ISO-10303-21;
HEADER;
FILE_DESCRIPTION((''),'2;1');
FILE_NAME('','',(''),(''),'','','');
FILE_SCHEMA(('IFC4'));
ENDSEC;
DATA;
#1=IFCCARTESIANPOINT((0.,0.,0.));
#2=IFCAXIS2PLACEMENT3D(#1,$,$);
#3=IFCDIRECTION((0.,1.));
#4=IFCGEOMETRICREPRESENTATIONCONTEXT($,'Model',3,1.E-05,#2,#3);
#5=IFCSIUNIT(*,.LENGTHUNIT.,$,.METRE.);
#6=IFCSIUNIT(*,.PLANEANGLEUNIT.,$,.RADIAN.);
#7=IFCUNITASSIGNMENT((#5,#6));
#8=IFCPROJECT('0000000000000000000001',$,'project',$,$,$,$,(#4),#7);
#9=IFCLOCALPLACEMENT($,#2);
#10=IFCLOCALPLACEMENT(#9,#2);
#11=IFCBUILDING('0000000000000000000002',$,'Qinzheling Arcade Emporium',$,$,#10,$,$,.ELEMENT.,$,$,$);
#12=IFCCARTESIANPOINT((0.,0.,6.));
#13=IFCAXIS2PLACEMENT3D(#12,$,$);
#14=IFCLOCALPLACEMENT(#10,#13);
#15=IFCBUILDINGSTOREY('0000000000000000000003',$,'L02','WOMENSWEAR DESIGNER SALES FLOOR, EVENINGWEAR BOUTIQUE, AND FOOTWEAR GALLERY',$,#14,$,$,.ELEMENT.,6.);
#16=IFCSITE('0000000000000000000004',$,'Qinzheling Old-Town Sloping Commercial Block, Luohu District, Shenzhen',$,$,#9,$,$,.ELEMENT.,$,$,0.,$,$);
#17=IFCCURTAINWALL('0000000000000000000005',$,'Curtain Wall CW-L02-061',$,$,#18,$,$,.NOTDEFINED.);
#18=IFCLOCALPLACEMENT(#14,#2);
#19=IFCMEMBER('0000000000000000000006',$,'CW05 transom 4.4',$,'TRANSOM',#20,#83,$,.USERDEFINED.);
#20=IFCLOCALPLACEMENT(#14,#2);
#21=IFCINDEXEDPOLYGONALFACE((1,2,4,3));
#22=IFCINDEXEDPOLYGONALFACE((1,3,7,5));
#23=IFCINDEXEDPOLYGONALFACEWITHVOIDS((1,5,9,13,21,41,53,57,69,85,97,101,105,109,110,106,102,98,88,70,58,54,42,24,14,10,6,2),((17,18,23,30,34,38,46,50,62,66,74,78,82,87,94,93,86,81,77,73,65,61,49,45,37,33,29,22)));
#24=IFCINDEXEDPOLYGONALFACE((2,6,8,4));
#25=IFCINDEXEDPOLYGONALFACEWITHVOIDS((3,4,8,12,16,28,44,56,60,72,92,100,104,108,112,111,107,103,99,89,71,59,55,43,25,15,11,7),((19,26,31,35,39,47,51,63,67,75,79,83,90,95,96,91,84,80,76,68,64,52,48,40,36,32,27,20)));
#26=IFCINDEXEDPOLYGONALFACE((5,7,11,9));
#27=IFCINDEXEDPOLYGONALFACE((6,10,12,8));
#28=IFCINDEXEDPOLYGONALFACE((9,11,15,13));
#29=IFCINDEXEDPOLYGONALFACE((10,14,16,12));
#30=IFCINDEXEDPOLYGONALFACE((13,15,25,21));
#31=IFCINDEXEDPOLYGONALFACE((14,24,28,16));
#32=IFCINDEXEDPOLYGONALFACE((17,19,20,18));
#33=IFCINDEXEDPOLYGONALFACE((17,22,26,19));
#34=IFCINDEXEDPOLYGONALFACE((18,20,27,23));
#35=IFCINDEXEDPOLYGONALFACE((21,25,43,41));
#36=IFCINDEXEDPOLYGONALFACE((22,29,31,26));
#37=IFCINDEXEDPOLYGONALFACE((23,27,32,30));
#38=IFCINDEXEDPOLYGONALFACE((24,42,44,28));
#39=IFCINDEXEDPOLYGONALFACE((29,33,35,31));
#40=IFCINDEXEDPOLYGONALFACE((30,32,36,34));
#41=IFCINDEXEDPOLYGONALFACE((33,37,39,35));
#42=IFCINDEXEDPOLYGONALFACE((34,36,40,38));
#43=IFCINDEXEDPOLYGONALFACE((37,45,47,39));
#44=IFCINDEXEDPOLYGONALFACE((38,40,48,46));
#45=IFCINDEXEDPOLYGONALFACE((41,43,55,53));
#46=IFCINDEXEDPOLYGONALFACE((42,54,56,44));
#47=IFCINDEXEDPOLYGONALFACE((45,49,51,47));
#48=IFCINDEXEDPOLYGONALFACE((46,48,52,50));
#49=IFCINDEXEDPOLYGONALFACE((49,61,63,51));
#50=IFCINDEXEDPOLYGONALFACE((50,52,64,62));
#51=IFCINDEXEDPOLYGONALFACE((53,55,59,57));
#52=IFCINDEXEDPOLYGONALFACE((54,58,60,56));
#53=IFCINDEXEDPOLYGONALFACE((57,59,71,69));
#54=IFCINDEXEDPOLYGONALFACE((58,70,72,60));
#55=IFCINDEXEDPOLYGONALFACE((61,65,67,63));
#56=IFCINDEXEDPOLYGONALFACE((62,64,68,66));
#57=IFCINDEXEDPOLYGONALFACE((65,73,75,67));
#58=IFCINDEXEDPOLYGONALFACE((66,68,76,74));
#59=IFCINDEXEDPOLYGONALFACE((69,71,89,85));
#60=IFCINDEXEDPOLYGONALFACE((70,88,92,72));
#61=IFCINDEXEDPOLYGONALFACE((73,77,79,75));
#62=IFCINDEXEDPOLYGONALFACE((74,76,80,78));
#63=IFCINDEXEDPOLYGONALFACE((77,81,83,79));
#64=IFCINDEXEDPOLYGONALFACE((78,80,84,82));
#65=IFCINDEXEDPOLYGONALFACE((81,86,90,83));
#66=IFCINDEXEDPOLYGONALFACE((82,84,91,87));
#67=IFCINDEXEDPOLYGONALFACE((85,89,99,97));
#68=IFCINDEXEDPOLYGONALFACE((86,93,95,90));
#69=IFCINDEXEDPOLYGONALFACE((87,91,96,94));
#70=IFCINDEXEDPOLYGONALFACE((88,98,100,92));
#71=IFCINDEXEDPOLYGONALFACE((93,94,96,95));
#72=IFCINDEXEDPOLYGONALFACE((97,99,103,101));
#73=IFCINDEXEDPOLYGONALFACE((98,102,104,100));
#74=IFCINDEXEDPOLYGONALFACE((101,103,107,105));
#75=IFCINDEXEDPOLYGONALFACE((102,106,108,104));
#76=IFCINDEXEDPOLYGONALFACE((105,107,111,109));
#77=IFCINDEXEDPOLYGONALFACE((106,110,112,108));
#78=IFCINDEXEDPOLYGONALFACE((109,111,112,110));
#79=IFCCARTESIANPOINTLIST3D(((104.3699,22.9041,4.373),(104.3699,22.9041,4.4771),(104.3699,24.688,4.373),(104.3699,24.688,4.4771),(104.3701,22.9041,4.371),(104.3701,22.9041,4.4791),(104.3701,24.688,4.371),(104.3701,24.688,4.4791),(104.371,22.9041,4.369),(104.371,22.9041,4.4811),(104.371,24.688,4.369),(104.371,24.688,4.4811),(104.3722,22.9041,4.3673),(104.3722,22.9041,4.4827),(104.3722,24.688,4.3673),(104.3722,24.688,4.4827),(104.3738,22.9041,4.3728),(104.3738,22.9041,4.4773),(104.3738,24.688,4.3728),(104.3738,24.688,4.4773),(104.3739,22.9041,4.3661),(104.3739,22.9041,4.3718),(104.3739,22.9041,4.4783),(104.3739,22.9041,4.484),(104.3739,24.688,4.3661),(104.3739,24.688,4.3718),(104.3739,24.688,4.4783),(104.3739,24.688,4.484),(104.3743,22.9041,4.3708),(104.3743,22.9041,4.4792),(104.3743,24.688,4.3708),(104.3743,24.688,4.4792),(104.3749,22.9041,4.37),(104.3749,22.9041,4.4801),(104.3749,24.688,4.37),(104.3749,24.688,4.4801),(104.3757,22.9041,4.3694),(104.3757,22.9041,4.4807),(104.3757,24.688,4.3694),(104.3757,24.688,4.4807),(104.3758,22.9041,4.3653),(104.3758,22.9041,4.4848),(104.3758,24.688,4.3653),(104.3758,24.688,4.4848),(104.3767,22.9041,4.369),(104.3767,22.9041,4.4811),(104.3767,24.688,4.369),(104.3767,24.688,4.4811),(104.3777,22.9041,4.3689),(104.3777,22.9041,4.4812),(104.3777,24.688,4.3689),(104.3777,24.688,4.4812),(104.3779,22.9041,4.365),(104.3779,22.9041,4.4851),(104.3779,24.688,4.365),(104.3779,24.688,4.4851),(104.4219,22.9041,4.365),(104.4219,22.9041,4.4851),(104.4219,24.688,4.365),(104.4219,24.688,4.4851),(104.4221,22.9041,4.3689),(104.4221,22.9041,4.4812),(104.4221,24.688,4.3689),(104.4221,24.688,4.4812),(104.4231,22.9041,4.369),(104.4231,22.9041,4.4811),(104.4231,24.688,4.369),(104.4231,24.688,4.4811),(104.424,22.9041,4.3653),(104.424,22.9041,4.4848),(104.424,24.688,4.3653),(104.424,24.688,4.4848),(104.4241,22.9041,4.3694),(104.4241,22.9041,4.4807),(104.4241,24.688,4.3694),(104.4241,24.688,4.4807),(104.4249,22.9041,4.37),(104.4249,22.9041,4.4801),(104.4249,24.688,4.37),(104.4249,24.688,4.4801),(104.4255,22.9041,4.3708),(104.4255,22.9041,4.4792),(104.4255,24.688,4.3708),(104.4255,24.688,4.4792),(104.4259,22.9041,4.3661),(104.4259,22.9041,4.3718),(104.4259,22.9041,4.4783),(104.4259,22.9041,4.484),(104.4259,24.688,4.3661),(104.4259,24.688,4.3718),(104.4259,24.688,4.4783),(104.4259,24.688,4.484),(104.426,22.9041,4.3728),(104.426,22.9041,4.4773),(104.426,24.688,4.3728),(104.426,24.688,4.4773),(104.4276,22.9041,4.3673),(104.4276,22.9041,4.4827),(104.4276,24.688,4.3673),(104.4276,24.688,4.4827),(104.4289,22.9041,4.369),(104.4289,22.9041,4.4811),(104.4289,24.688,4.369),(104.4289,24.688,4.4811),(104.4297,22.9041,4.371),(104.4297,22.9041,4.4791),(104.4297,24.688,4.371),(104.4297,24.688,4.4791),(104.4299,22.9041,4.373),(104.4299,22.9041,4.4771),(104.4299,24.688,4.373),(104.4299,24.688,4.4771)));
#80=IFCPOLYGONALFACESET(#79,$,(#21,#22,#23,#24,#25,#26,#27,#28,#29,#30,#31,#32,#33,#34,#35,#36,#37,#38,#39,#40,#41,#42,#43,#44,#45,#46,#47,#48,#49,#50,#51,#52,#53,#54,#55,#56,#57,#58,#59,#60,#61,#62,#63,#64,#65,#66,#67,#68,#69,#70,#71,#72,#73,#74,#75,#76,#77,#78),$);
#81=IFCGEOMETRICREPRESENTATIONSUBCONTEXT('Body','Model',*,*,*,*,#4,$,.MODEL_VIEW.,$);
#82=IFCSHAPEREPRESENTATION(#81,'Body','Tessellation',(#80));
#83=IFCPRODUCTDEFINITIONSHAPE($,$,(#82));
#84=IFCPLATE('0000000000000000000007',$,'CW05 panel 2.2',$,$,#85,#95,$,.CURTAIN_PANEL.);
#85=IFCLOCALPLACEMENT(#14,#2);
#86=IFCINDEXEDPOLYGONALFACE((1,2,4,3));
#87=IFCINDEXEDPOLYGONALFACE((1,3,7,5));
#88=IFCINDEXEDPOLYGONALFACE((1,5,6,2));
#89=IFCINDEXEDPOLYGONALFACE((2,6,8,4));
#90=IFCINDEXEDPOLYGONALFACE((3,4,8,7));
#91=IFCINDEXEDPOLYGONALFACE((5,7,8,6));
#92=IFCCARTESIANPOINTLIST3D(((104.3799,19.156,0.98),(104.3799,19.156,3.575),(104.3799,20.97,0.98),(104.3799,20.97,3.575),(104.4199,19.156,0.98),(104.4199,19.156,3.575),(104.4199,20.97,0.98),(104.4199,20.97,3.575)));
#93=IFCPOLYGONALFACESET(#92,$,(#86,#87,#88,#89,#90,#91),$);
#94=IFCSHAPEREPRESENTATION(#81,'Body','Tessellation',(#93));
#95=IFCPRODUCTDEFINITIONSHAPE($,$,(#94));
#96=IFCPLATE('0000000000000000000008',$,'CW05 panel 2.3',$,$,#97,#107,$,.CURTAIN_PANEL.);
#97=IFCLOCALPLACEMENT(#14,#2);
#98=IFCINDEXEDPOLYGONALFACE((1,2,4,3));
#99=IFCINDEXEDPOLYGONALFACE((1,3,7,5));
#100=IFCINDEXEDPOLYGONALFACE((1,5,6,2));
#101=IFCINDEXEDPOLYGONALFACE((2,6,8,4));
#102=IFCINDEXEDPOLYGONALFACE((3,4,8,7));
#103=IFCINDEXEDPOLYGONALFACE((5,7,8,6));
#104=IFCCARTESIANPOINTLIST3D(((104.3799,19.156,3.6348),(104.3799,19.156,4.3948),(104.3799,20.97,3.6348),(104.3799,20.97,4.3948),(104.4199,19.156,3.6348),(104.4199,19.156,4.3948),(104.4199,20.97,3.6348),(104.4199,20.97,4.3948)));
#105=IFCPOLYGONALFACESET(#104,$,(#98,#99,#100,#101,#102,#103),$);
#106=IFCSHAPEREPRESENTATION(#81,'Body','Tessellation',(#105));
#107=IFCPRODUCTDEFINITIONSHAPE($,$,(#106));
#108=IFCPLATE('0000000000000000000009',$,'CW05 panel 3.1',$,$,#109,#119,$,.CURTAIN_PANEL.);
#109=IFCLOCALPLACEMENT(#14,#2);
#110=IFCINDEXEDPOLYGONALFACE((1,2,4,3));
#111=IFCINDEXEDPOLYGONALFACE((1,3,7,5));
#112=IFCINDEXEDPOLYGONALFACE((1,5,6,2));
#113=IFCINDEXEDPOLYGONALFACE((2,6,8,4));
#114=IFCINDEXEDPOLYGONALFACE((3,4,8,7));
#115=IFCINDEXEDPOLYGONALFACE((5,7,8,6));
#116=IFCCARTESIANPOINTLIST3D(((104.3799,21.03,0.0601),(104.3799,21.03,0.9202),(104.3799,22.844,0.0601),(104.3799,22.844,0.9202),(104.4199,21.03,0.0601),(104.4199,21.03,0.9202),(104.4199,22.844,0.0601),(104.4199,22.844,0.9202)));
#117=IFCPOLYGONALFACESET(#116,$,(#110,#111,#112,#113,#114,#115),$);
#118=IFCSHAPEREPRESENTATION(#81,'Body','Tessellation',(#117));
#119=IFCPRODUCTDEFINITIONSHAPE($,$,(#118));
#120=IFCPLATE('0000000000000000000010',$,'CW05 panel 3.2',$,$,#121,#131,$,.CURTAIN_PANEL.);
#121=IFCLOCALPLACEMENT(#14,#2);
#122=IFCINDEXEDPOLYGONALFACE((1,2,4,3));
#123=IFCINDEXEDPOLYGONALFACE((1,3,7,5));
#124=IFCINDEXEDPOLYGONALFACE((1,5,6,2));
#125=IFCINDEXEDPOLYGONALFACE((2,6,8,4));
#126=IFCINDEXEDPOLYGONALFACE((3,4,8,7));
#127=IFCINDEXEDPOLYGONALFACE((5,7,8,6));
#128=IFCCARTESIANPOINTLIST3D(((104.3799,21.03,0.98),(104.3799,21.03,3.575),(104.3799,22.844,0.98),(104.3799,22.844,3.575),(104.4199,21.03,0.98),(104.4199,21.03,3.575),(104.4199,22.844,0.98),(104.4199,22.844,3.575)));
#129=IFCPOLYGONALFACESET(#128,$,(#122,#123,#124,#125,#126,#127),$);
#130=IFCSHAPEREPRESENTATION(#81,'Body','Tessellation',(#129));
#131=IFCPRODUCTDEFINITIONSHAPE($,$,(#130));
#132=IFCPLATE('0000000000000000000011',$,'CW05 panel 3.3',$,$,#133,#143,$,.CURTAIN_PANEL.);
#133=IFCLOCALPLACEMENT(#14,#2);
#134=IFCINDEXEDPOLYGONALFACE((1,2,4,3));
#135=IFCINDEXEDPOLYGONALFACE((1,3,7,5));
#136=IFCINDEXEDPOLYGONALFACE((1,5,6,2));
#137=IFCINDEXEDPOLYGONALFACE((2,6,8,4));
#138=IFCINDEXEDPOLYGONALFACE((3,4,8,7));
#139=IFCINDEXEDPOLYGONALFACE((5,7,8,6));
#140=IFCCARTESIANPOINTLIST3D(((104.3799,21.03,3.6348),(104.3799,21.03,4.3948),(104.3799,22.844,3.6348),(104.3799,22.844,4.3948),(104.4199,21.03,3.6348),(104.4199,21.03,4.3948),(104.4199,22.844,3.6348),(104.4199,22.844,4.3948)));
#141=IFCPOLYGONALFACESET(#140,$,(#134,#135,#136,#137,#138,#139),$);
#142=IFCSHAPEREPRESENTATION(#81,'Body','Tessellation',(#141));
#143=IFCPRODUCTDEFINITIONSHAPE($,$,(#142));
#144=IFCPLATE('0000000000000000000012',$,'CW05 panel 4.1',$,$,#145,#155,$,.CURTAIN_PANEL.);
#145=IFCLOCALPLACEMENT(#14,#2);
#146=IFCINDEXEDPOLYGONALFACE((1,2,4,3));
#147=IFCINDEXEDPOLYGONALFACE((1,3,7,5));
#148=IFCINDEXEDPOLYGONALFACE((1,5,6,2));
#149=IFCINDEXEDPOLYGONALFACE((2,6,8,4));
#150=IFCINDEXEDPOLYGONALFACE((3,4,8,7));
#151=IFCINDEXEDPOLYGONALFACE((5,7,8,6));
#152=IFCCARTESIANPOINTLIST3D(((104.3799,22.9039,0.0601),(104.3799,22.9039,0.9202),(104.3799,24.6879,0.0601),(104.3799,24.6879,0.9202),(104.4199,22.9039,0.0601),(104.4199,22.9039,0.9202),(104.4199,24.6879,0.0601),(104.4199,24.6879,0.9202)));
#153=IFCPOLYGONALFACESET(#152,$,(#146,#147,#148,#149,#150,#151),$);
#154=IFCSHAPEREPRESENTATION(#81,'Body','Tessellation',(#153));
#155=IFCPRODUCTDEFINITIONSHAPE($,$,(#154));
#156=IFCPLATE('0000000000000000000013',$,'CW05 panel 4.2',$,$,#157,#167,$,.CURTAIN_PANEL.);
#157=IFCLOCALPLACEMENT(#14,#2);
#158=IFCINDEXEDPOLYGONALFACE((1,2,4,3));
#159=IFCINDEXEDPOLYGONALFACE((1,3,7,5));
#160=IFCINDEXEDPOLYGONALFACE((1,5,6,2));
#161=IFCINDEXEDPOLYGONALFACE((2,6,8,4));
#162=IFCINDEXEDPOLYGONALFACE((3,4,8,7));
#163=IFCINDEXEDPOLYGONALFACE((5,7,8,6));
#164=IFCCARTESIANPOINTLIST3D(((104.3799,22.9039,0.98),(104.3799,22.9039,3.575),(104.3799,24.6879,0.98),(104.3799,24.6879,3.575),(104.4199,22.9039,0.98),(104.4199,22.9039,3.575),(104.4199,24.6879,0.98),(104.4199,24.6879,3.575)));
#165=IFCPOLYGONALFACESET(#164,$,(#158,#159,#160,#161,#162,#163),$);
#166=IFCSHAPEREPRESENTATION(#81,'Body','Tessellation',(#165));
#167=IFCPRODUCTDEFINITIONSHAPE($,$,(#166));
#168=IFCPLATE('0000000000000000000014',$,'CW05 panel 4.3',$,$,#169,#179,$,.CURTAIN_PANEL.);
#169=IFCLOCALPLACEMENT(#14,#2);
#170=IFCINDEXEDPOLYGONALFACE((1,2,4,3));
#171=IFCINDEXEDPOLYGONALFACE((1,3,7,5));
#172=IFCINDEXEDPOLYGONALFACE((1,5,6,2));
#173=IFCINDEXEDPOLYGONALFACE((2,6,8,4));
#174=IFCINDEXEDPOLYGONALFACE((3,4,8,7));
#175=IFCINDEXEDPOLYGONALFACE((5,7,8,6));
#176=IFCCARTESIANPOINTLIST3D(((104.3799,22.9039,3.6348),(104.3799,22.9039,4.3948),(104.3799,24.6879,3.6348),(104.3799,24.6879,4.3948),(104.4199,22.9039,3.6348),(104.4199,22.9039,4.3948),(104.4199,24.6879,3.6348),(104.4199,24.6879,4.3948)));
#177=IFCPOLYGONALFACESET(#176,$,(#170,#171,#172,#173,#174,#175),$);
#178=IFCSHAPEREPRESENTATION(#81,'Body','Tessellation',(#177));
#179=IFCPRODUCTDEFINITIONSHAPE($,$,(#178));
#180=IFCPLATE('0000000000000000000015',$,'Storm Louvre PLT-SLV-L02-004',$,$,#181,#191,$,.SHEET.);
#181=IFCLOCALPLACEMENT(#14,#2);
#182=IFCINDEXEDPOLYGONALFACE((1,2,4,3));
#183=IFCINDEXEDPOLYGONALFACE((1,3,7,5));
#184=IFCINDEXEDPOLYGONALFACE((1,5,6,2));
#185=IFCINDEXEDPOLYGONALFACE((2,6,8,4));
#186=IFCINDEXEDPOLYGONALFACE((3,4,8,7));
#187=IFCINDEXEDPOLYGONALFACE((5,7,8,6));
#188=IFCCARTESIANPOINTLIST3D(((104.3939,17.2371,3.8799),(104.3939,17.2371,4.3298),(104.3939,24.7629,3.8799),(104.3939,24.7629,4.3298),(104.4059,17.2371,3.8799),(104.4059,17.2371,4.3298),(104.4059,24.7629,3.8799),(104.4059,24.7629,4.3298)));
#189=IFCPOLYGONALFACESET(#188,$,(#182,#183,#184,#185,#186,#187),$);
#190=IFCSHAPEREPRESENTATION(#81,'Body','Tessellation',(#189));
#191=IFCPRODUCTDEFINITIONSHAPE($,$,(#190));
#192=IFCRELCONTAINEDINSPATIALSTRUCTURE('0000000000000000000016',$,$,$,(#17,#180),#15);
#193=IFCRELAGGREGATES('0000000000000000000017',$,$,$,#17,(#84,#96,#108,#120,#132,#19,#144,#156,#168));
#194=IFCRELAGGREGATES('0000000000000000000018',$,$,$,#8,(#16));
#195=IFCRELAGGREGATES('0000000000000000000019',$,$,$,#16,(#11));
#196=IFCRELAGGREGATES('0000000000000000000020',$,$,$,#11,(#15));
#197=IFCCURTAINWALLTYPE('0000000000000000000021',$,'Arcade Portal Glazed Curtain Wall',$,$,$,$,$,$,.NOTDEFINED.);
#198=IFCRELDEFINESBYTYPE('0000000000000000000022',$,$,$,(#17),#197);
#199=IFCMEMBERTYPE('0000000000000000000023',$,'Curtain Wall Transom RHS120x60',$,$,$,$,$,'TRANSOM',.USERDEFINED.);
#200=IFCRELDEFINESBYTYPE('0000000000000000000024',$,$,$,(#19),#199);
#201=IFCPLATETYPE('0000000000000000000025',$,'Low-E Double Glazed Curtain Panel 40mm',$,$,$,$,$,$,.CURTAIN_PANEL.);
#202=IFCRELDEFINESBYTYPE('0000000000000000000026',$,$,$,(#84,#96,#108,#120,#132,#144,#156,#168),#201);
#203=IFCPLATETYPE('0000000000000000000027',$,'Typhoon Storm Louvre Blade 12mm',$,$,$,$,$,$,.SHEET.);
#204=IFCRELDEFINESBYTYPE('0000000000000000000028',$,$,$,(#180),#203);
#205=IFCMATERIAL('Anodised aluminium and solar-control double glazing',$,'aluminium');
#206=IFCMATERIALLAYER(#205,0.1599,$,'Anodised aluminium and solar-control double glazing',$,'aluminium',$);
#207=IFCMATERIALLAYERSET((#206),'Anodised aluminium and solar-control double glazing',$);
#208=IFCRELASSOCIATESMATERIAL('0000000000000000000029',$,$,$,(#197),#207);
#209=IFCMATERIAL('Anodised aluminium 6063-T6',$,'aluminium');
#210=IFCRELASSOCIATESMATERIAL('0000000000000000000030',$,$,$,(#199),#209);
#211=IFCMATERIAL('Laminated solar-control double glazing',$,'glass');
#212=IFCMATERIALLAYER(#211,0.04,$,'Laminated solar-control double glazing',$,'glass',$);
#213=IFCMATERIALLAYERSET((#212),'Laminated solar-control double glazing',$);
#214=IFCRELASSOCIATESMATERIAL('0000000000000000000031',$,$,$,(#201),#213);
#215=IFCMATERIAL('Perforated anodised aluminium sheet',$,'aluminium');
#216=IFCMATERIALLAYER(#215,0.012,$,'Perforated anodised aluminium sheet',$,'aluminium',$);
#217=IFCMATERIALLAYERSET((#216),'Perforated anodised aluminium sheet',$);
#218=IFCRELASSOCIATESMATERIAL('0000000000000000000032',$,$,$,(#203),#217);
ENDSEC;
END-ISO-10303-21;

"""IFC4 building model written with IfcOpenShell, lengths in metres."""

from ifc_helpers import new_model, si_unit, direction, frame, origin, origin_2d, place, context, subcontext, project, spatial, rectangle, hollow_rectangle, extrude, material, layer, layer_set, material_profile, profile_set, type_object, element, aggregate, save


model = new_model("IFC4")

# Units and contexts
model_context = context("Model", 3, precision=1e-05, world=origin(), true_north=direction((0.0, 1.0)))
body_context = subcontext(model_context, "Body", "Model", "MODEL_VIEW")
ifc_project = project(units=[si_unit("LENGTHUNIT", "METRE"), si_unit("PLANEANGLEUNIT", "RADIAN")], contexts=[model_context])

# Site, building, storey
site_placement = place(None, origin())
site = spatial("IfcSite", under=ifc_project, at=site_placement, Name="Qinzheling Old-Town Sloping Commercial Block, Luohu District, Shenzhen", CompositionType="ELEMENT", RefElevation=0.0)
building_placement = place(site_placement, origin())
building = spatial("IfcBuilding", under=site, at=building_placement, Name="Qinzheling Arcade Emporium", CompositionType="ELEMENT")
storey_placement = place(building_placement, frame((0.0, 0.0, 6.0)))
storey = spatial("IfcBuildingStorey", under=building, at=storey_placement, Name="L02", Description="WOMENSWEAR DESIGNER SALES FLOOR, EVENINGWEAR BOUTIQUE, AND FOOTWEAR GALLERY", CompositionType="ELEMENT", Elevation=6.0)

# Curtain wall, member, plates
ifc_material_1 = material(Name="Anodised aluminium and solar-control double glazing", Category="aluminium")
ifc_layer_1 = layer(ifc_material_1, 0.1599, Name="Anodised aluminium and solar-control double glazing", Category="aluminium")
ifc_layer_set_1 = layer_set([ifc_layer_1], Name="Anodised aluminium and solar-control double glazing")
curtain_wall_type = type_object("IfcCurtainWallType", Name="Arcade Portal Glazed Curtain Wall", PredefinedType="NOTDEFINED", material=ifc_layer_set_1)
curtain_wall_placement = place(storey_placement, origin())
curtain_wall = element("IfcCurtainWall", 1, at=curtain_wall_placement, inside=storey, type_object=curtain_wall_type, Name="Curtain Wall CW-L02-061", PredefinedType="NOTDEFINED")
ifc_material_2 = material(Name="Anodised aluminium 6063-T6", Category="aluminium")
ifc_material_profile_1 = material_profile(ifc_material_2, hollow_rectangle(XDim=0.0601, YDim=0.1201, WallThickness=0.0039, InnerFilletRadius=0.0039, OuterFilletRadius=0.0081, at=origin_2d()), Name="RHS 120x60x4", Category="aluminium")
ifc_profile_set_1 = profile_set([ifc_material_profile_1], Name="Anodised aluminium 6063-T6")
member_type_1 = type_object("IfcMemberType", Name="Curtain Wall Transom RHS120x60", ElementType="TRANSOM", PredefinedType="USERDEFINED", material=ifc_profile_set_1)
member_1_placement = place(storey_placement, frame((104.3999, 22.9041, 4.425), z_axis=(0.0, 1.0, 0.0), x_axis=(-1.0, 0.0, 0.0)))
member_1 = element("IfcMember", 2, at=member_1_placement, type_object=member_type_1, Name="CW05 transom 4.4", ObjectType="TRANSOM", PredefinedType="USERDEFINED", context=body_context, shape_type="SweptSolid", body=[
    extrude(hollow_rectangle(XDim=0.0601, YDim=0.1201, WallThickness=0.0039, InnerFilletRadius=0.0039, OuterFilletRadius=0.0081, at=origin_2d()), origin(), (0.0, 0.0, 1.0), 1.7839),
])
ifc_material_3 = material(Name="Laminated solar-control double glazing", Category="glass")
ifc_layer_2 = layer(ifc_material_3, 0.04, Name="Laminated solar-control double glazing", Category="glass")
ifc_layer_set_2 = layer_set([ifc_layer_2], Name="Laminated solar-control double glazing")
plate_type_1 = type_object("IfcPlateType", Name="Low-E Double Glazed Curtain Panel 40mm", PredefinedType="CURTAIN_PANEL", material=ifc_layer_set_2)
plate_1_placement = place(storey_placement, frame((104.3999, 20.063, 0.98), z_axis=(0.0, 0.0, 1.0), x_axis=(0.0, 1.0, 0.0)))
plate_1 = element("IfcPlate", 3, at=plate_1_placement, type_object=plate_type_1, Name="CW05 panel 2.2", PredefinedType="CURTAIN_PANEL", context=body_context, shape_type="SweptSolid", body=[
    extrude(rectangle(XDim=1.814, YDim=0.04, at=origin_2d()), origin(), (0.0, 0.0, 1.0), 2.595),
])
plate_2_placement = place(storey_placement, frame((104.3999, 20.063, 3.6348), z_axis=(0.0, 0.0, 1.0), x_axis=(0.0, 1.0, 0.0)))
plate_2 = element("IfcPlate", 4, at=plate_2_placement, type_object=plate_type_1, Name="CW05 panel 2.3", PredefinedType="CURTAIN_PANEL", context=body_context, shape_type="SweptSolid", body=[
    extrude(rectangle(XDim=1.814, YDim=0.04, at=origin_2d()), origin(), (0.0, 0.0, 1.0), 0.76),
])
plate_3_placement = place(storey_placement, frame((104.3999, 21.937, 0.0601), z_axis=(0.0, 0.0, 1.0), x_axis=(0.0, 1.0, 0.0)))
plate_3 = element("IfcPlate", 5, at=plate_3_placement, type_object=plate_type_1, Name="CW05 panel 3.1", PredefinedType="CURTAIN_PANEL", context=body_context, shape_type="SweptSolid", body=[
    extrude(rectangle(XDim=1.814, YDim=0.04, at=origin_2d()), origin(), (0.0, 0.0, 1.0), 0.8601),
])
plate_4_placement = place(storey_placement, frame((104.3999, 21.937, 0.98), z_axis=(0.0, 0.0, 1.0), x_axis=(0.0, 1.0, 0.0)))
plate_4 = element("IfcPlate", 6, at=plate_4_placement, type_object=plate_type_1, Name="CW05 panel 3.2", PredefinedType="CURTAIN_PANEL", context=body_context, shape_type="SweptSolid", body=[
    extrude(rectangle(XDim=1.814, YDim=0.04, at=origin_2d()), origin(), (0.0, 0.0, 1.0), 2.595),
])
plate_5_placement = place(storey_placement, frame((104.3999, 21.937, 3.6348), z_axis=(0.0, 0.0, 1.0), x_axis=(0.0, 1.0, 0.0)))
plate_5 = element("IfcPlate", 7, at=plate_5_placement, type_object=plate_type_1, Name="CW05 panel 3.3", PredefinedType="CURTAIN_PANEL", context=body_context, shape_type="SweptSolid", body=[
    extrude(rectangle(XDim=1.814, YDim=0.04, at=origin_2d()), origin(), (0.0, 0.0, 1.0), 0.76),
])
plate_6_placement = place(storey_placement, frame((104.3999, 23.7959, 0.0601), z_axis=(0.0, 0.0, 1.0), x_axis=(0.0, 1.0, 0.0)))
plate_6 = element("IfcPlate", 8, at=plate_6_placement, type_object=plate_type_1, Name="CW05 panel 4.1", PredefinedType="CURTAIN_PANEL", context=body_context, shape_type="SweptSolid", body=[
    extrude(rectangle(XDim=1.7839, YDim=0.04, at=origin_2d()), origin(), (0.0, 0.0, 1.0), 0.8601),
])
plate_7_placement = place(storey_placement, frame((104.3999, 23.7959, 0.98), z_axis=(0.0, 0.0, 1.0), x_axis=(0.0, 1.0, 0.0)))
plate_7 = element("IfcPlate", 9, at=plate_7_placement, type_object=plate_type_1, Name="CW05 panel 4.2", PredefinedType="CURTAIN_PANEL", context=body_context, shape_type="SweptSolid", body=[
    extrude(rectangle(XDim=1.7839, YDim=0.04, at=origin_2d()), origin(), (0.0, 0.0, 1.0), 2.595),
])
plate_8_placement = place(storey_placement, frame((104.3999, 23.7959, 3.6348), z_axis=(0.0, 0.0, 1.0), x_axis=(0.0, 1.0, 0.0)))
plate_8 = element("IfcPlate", 10, at=plate_8_placement, type_object=plate_type_1, Name="CW05 panel 4.3", PredefinedType="CURTAIN_PANEL", context=body_context, shape_type="SweptSolid", body=[
    extrude(rectangle(XDim=1.7839, YDim=0.04, at=origin_2d()), origin(), (0.0, 0.0, 1.0), 0.76),
])
aggregate(curtain_wall, [plate_1, plate_2, plate_3, plate_4, plate_5, member_1, plate_6, plate_7, plate_8])

# Plate
ifc_material_4 = material(Name="Perforated anodised aluminium sheet", Category="aluminium")
ifc_layer_3 = layer(ifc_material_4, 0.012, Name="Perforated anodised aluminium sheet", Category="aluminium")
ifc_layer_set_3 = layer_set([ifc_layer_3], Name="Perforated anodised aluminium sheet")
plate_type_2 = type_object("IfcPlateType", Name="Typhoon Storm Louvre Blade 12mm", PredefinedType="SHEET", material=ifc_layer_set_3)
plate_9_placement = place(storey_placement, frame((104.3999, 21.0, 3.8799), z_axis=(0.0, 0.0, 1.0), x_axis=(0.0, 1.0, 0.0)))
element("IfcPlate", 11, at=plate_9_placement, inside=storey, type_object=plate_type_2, Name="Storm Louvre PLT-SLV-L02-004", PredefinedType="SHEET", context=body_context, shape_type="SweptSolid", body=[
    extrude(rectangle(XDim=7.5259, YDim=0.012, at=origin_2d()), origin(), (0.0, 0.0, 1.0), 0.45),
])

save(model, "model.ifc")
